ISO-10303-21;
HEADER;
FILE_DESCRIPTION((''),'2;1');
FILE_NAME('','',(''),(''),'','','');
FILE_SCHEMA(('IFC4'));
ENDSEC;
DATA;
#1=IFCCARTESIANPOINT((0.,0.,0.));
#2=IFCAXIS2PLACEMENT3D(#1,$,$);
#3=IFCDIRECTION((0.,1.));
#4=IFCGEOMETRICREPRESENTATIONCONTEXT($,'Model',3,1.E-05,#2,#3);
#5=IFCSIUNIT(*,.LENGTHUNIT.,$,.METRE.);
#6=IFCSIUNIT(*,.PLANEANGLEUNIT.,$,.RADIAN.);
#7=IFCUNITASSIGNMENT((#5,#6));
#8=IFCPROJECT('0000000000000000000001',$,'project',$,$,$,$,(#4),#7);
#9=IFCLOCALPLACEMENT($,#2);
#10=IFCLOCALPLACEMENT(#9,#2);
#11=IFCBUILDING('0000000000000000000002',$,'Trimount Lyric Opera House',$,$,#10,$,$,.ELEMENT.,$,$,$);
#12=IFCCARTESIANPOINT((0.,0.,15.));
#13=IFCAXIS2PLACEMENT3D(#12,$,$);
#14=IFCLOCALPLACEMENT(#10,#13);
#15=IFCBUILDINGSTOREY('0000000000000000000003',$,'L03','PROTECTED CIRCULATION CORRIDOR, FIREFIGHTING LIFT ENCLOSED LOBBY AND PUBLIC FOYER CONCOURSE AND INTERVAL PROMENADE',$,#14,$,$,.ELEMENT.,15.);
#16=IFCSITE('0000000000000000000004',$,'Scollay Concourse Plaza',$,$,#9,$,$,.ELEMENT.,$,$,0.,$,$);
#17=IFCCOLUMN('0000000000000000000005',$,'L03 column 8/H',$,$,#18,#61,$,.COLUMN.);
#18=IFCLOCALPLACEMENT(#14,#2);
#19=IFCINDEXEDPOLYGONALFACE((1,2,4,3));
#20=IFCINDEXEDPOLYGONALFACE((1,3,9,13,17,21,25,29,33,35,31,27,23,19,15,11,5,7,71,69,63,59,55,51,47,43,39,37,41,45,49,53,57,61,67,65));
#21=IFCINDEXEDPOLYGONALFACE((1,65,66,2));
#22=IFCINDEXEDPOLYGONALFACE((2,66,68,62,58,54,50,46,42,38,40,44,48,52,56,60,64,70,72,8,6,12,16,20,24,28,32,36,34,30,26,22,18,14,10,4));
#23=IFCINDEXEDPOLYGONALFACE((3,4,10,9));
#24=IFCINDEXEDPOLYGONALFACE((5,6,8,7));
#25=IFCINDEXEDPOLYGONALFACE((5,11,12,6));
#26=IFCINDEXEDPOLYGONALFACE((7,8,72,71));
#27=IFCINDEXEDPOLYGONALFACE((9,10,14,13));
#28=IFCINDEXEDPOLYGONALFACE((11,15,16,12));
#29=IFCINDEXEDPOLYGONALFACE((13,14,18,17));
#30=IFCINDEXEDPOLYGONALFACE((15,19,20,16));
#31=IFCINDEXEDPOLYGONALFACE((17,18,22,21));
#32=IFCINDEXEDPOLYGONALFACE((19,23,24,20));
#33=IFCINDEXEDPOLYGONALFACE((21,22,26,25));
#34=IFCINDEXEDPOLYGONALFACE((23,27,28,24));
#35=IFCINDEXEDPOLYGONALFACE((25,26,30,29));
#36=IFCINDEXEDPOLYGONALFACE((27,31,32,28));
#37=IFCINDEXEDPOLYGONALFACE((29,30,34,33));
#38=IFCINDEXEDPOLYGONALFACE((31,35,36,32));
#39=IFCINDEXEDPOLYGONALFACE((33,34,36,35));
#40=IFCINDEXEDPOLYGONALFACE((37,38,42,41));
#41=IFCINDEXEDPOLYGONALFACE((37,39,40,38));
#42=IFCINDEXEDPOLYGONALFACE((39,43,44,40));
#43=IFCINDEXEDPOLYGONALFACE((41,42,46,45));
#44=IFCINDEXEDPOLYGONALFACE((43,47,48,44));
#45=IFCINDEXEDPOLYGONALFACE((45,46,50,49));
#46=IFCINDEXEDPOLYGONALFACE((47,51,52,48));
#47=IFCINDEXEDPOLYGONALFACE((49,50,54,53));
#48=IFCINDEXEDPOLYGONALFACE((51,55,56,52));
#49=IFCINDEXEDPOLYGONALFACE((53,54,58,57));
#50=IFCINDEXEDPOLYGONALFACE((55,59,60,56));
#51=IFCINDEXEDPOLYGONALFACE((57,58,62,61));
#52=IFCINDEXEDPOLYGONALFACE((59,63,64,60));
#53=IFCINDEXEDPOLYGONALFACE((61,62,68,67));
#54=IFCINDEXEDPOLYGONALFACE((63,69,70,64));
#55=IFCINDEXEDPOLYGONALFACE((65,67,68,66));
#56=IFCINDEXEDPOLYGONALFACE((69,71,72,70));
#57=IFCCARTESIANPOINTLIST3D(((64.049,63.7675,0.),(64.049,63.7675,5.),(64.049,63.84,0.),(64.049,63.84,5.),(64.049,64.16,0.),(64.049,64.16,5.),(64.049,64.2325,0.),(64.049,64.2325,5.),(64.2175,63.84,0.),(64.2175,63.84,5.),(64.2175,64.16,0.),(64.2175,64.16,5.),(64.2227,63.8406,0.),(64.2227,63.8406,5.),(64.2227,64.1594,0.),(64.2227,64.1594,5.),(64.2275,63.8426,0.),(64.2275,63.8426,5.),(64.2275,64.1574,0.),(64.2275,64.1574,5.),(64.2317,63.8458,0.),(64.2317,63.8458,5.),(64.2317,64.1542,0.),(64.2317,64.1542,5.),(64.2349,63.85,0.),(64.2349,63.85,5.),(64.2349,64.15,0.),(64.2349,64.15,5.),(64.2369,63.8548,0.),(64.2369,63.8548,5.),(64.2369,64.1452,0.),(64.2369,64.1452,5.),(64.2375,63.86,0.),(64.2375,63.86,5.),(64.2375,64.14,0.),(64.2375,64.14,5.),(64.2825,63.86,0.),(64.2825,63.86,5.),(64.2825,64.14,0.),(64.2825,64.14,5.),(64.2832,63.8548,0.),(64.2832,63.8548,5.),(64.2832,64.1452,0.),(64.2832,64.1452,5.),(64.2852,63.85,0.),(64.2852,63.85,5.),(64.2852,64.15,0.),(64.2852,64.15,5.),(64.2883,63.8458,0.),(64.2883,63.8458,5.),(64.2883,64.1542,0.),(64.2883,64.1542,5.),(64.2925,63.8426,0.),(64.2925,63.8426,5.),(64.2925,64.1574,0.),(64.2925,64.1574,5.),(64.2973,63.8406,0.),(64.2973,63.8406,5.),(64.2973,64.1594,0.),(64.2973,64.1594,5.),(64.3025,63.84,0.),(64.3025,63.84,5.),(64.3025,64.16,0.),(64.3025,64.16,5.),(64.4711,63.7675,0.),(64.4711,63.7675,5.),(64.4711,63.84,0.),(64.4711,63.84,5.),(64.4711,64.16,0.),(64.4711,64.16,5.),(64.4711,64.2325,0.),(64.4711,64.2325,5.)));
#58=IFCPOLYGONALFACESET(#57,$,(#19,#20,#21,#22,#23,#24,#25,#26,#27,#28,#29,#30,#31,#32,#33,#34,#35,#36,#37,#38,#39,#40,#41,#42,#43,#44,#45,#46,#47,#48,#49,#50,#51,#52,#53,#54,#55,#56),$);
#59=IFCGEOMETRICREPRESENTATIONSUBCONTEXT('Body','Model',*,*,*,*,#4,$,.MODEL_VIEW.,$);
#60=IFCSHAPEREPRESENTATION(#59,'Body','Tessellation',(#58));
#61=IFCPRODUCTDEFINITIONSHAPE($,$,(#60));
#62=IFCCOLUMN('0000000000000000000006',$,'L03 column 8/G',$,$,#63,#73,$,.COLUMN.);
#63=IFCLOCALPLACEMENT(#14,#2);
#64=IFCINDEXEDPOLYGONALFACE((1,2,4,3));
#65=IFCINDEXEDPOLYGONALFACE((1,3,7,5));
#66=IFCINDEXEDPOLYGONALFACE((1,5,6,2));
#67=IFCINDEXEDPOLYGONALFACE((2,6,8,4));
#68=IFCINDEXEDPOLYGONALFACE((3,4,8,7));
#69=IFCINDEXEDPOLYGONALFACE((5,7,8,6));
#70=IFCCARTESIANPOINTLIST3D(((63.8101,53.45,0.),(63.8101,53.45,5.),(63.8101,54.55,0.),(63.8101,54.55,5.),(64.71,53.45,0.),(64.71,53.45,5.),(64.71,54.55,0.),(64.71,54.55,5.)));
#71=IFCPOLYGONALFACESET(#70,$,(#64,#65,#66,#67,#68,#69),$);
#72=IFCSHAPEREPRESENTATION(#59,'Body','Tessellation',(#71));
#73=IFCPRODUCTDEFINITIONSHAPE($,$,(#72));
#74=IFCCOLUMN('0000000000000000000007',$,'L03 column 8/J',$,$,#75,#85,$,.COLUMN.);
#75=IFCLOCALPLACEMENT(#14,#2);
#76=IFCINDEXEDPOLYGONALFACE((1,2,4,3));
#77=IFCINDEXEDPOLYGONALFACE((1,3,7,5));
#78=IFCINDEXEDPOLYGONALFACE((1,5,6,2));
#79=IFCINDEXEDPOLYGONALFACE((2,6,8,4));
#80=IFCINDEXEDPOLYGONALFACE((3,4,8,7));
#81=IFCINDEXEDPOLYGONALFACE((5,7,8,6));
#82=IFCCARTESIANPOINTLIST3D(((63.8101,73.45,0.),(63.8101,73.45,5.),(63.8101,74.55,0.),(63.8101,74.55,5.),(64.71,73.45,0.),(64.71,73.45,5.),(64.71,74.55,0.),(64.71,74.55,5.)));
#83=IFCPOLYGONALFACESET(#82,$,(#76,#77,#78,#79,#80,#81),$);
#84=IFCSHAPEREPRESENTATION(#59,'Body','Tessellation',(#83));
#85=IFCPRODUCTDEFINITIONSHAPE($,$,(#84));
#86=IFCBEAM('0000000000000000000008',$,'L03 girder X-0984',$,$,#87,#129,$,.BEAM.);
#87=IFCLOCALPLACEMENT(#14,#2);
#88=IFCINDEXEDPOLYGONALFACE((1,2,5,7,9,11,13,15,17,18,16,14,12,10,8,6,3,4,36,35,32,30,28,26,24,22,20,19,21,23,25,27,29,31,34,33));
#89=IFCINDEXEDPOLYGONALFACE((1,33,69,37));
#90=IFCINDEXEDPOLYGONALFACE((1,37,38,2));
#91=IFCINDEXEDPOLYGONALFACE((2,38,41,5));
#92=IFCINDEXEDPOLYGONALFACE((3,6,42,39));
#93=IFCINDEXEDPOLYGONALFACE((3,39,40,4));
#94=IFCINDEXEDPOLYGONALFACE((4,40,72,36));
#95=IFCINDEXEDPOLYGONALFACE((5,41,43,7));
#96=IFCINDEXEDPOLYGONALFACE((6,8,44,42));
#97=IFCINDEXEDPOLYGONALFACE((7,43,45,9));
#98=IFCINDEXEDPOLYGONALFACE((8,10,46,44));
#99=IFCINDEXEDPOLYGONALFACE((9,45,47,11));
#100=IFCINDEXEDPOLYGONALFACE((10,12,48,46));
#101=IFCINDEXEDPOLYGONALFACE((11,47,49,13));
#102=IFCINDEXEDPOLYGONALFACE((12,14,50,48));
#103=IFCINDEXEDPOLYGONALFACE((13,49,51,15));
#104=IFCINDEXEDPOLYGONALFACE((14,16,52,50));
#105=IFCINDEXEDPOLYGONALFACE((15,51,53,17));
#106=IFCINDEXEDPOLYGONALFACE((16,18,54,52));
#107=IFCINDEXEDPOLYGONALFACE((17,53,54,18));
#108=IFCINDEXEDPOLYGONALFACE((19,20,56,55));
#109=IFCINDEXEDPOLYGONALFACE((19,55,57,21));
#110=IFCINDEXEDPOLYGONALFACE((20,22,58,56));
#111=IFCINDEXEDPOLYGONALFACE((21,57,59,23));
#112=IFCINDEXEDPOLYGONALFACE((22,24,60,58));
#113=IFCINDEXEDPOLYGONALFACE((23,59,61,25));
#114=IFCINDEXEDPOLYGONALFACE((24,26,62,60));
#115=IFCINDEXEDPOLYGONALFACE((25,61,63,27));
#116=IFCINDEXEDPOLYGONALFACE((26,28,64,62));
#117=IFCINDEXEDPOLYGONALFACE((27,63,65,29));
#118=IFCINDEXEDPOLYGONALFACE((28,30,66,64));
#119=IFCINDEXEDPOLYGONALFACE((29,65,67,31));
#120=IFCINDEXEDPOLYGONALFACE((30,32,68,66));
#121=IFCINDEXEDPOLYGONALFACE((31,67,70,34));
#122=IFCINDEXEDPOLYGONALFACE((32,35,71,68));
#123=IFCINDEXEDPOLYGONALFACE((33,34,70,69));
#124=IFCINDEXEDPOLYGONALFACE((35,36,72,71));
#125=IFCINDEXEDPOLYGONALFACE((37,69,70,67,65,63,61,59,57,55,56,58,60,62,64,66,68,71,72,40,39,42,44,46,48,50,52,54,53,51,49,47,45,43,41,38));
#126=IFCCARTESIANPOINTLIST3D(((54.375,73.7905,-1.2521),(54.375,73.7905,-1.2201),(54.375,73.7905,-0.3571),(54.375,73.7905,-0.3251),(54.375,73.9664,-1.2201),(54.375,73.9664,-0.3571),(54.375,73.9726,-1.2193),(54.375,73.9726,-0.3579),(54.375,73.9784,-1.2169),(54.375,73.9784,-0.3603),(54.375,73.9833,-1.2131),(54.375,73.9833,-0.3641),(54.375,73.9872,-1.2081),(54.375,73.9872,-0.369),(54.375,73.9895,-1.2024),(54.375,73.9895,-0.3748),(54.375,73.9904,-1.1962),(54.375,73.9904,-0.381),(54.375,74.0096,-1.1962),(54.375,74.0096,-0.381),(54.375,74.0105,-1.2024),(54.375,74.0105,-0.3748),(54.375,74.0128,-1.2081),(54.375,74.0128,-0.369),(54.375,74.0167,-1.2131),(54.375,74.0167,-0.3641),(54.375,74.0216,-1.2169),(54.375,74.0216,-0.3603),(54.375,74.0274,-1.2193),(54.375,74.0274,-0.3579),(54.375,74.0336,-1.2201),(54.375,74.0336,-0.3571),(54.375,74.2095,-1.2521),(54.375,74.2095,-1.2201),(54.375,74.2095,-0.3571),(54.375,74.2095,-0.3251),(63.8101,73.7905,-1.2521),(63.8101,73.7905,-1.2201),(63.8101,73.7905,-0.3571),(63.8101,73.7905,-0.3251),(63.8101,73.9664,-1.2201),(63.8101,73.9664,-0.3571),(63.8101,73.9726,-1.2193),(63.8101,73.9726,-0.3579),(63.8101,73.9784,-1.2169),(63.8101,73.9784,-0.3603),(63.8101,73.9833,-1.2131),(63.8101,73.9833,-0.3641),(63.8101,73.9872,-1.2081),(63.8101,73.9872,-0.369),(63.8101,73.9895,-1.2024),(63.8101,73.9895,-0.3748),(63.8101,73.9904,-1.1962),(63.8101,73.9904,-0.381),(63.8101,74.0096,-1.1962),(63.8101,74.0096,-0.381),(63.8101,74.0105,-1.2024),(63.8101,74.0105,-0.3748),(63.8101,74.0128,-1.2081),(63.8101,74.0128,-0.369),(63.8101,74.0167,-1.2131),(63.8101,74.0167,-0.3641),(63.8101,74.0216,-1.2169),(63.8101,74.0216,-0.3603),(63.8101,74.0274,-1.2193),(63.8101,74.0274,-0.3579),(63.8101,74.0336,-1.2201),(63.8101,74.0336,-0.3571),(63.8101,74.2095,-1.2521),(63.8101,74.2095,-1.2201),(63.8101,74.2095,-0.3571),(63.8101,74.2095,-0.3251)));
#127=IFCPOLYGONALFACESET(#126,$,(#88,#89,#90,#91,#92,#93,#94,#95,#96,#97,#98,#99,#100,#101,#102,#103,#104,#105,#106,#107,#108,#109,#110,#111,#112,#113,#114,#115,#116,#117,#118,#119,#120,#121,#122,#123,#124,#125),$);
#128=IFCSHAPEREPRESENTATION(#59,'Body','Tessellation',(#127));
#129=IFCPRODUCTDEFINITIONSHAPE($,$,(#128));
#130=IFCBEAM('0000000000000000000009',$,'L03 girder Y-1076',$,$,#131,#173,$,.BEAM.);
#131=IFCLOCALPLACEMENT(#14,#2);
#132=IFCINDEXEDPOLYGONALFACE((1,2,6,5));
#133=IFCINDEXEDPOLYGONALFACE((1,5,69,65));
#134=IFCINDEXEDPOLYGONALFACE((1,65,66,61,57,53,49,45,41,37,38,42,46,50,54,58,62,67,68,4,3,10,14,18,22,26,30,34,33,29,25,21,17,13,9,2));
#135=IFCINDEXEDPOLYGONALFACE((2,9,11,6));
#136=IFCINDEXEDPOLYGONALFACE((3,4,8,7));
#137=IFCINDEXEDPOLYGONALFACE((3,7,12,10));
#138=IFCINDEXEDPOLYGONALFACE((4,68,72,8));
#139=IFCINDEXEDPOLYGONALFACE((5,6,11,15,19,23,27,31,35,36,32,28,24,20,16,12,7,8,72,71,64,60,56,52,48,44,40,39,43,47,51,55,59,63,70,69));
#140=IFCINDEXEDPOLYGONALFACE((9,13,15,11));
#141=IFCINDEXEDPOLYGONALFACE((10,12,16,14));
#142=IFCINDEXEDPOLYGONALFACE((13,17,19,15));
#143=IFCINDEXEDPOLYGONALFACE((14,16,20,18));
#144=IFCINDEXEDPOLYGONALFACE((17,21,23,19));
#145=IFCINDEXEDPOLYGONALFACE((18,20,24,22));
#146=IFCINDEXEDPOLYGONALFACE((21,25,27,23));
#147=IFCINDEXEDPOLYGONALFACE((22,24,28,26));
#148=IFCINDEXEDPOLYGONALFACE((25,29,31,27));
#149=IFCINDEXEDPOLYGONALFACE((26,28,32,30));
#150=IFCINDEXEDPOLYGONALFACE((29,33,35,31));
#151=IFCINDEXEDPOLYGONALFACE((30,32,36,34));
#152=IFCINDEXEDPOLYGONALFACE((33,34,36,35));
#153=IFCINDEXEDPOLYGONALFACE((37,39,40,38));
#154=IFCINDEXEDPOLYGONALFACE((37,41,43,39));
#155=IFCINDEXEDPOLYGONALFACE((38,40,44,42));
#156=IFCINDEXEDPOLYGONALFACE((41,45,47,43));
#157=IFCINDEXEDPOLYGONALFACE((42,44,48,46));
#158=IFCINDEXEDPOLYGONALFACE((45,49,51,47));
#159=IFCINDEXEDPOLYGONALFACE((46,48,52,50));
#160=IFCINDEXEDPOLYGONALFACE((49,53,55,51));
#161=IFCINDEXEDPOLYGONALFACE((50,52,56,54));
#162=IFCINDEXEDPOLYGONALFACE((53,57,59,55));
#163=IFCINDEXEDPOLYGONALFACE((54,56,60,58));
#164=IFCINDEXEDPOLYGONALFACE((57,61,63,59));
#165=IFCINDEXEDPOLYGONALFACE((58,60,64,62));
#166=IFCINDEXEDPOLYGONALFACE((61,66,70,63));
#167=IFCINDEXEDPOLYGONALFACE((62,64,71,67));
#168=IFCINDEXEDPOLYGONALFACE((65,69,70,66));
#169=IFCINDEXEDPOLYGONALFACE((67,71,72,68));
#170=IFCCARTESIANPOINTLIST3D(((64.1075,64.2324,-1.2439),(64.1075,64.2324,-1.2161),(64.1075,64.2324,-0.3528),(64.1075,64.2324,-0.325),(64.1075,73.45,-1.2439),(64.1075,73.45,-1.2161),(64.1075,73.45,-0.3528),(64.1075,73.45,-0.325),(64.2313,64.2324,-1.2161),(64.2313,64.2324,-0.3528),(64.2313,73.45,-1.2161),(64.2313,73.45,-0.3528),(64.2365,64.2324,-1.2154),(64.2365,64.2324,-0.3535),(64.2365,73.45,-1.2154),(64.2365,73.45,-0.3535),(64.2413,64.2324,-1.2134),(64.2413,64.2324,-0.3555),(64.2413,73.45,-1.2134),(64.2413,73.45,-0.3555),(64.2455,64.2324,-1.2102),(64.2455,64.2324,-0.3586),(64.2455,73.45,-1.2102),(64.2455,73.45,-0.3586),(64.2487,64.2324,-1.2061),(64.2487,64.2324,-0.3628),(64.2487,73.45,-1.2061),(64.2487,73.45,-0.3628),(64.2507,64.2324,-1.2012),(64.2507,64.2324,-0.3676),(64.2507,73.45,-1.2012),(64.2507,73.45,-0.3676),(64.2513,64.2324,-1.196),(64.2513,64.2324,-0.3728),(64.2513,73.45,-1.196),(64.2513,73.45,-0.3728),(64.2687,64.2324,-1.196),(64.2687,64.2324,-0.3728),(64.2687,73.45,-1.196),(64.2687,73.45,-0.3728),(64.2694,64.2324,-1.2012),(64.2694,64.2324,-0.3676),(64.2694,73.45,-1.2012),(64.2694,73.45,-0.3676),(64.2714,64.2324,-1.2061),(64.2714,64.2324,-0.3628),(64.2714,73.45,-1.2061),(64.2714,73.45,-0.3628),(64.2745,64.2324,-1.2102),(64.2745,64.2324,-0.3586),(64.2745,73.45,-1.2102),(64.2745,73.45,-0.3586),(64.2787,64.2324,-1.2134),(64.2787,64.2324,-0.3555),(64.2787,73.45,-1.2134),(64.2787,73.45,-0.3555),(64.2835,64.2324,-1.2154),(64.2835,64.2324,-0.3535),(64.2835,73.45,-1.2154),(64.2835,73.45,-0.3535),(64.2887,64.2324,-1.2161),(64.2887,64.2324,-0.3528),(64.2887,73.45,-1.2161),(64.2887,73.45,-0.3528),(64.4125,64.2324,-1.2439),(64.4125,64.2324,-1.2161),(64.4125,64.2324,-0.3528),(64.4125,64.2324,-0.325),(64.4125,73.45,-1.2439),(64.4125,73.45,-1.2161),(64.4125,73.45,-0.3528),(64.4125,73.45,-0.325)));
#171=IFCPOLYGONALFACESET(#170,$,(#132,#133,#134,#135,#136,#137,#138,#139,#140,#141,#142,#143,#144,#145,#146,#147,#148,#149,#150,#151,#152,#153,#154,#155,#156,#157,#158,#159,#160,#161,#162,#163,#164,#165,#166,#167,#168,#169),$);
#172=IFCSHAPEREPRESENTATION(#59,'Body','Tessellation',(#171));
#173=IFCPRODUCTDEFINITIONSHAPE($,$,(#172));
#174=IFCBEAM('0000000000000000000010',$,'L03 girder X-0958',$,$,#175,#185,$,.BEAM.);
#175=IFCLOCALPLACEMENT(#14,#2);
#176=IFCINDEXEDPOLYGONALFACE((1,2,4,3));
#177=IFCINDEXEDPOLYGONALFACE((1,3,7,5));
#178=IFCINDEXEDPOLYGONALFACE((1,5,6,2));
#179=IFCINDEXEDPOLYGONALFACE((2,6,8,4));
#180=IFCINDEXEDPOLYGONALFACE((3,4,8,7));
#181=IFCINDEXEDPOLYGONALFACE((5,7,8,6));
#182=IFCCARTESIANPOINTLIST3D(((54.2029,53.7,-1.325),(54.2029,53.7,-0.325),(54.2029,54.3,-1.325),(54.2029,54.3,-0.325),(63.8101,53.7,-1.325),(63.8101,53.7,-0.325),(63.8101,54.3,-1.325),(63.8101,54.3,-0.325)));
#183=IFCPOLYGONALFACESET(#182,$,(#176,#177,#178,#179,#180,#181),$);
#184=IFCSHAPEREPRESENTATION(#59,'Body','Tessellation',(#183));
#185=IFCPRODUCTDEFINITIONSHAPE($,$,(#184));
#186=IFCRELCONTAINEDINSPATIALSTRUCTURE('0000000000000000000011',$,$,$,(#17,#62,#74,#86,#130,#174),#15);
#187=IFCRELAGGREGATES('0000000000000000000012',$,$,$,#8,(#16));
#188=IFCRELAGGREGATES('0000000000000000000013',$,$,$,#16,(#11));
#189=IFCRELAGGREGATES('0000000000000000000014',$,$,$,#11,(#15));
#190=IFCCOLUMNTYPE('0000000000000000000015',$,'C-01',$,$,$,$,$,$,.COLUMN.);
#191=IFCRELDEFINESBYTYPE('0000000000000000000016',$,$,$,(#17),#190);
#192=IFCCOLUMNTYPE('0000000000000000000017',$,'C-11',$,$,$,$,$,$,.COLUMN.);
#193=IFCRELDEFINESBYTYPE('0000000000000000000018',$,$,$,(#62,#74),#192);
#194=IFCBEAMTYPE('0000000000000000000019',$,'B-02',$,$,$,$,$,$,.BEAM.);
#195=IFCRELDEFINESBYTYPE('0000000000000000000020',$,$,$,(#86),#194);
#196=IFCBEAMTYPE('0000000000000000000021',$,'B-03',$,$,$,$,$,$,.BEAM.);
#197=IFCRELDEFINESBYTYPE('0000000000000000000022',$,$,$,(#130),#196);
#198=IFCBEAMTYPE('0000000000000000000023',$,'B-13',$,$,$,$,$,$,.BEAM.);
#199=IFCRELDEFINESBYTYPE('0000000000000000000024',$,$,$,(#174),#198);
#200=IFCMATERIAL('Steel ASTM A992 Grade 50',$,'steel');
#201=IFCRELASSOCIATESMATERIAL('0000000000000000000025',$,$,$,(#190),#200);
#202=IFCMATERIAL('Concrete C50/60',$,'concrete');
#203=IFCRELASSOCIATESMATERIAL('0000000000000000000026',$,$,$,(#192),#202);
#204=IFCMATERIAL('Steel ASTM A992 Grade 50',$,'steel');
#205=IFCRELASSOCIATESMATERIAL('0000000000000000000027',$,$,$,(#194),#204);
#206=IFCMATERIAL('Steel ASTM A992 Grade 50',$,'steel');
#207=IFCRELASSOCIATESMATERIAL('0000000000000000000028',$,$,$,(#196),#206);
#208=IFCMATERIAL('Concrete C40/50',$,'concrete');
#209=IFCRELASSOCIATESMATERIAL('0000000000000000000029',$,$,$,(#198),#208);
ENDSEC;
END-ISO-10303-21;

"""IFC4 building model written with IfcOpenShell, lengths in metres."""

from ifc_helpers import new_model, si_unit, direction, frame, origin, origin_2d, place, context, subcontext, project, spatial, rectangle, i_section, extrude, material, material_profile, profile_set, type_object, element, save


model = new_model("IFC4")

# Units and contexts
model_context = context("Model", 3, precision=1e-05, world=origin(), true_north=direction((0.0, 1.0)))
body_context = subcontext(model_context, "Body", "Model", "MODEL_VIEW")
ifc_project = project(units=[si_unit("LENGTHUNIT", "METRE"), si_unit("PLANEANGLEUNIT", "RADIAN")], contexts=[model_context])

# Site, building, storey
site_placement = place(None, origin())
site = spatial("IfcSite", under=ifc_project, at=site_placement, Name="Scollay Concourse Plaza", CompositionType="ELEMENT", RefElevation=0.0)
building_placement = place(site_placement, origin())
building = spatial("IfcBuilding", under=site, at=building_placement, Name="Trimount Lyric Opera House", CompositionType="ELEMENT")
storey_placement = place(building_placement, frame((0.0, 0.0, 15.0)))
storey = spatial("IfcBuildingStorey", under=building, at=storey_placement, Name="L03", Description="PROTECTED CIRCULATION CORRIDOR, FIREFIGHTING LIFT ENCLOSED LOBBY AND PUBLIC FOYER CONCOURSE AND INTERVAL PROMENADE", CompositionType="ELEMENT", Elevation=15.0)

# Columns
ifc_material_1 = material(Name="Steel ASTM A992 Grade 50", Category="steel")
ifc_material_profile_1 = material_profile(ifc_material_1, i_section(OverallWidth=0.4221, OverallDepth=0.4651, WebThickness=0.0449, FlangeThickness=0.0725, FilletRadius=0.02, at=origin_2d()), Name="W14X398")
ifc_profile_set_1 = profile_set([ifc_material_profile_1], Name="Steel ASTM A992 Grade 50")
column_type_1 = type_object("IfcColumnType", Name="C-01", PredefinedType="COLUMN", material=ifc_profile_set_1)
column_placement = place(storey_placement, frame((64.26, 64.0, 0.0), z_axis=(0.0, 0.0, 1.0), x_axis=(1.0, 0.0, 0.0)))
element("IfcColumn", 1, at=column_placement, inside=storey, type_object=column_type_1, Name="L03 column 8/H", PredefinedType="COLUMN", context=body_context, shape_type="SweptSolid", body=[
    extrude(i_section(OverallWidth=0.4221, OverallDepth=0.4651, WebThickness=0.0449, FlangeThickness=0.0725, FilletRadius=0.02, at=origin_2d()), origin(), (0.0, 0.0, 1.0), 5.0),
])
ifc_material_2 = material(Name="Concrete C50/60", Category="concrete")
ifc_material_profile_2 = material_profile(ifc_material_2, rectangle(XDim=0.8999, YDim=1.1001, at=origin_2d()), Name="RC1100X900")
ifc_profile_set_2 = profile_set([ifc_material_profile_2], Name="Concrete C50/60")
column_type_2 = type_object("IfcColumnType", Name="C-11", PredefinedType="COLUMN", material=ifc_profile_set_2)
for number, where, z_axis, x_axis, name in (
    (2, (64.26, 54.0, 0.0), (0.0, 0.0, 1.0), (1.0, 0.0, 0.0), "L03 column 8/G"),
    (3, (64.26, 74.0, 0.0), (0.0, 0.0, 1.0), (1.0, 0.0, 0.0), "L03 column 8/J"),
):
    element("IfcColumn", number, at=place(storey_placement, frame(where, z_axis=z_axis, x_axis=x_axis)), inside=storey, type_object=column_type_2, Name=name, PredefinedType="COLUMN", context=body_context, shape_type="SweptSolid", body=[
        extrude(rectangle(XDim=0.8999, YDim=1.1001, at=origin_2d()), origin(), (0.0, 0.0, 1.0), 5.0),
    ])

# Beams
ifc_material_3 = material(Name="Steel ASTM A992 Grade 50", Category="steel")
ifc_material_profile_3 = material_profile(ifc_material_3, i_section(OverallWidth=0.4189, OverallDepth=0.927, WebThickness=0.0193, FlangeThickness=0.032, FilletRadius=0.0239, at=origin_2d()), Name="W36X231")
ifc_profile_set_3 = profile_set([ifc_material_profile_3], Name="Steel ASTM A992 Grade 50")
beam_type_1 = type_object("IfcBeamType", Name="B-02", PredefinedType="BEAM", material=ifc_profile_set_3)
beam_1_placement = place(storey_placement, frame((54.375, 74.0, -0.7886), z_axis=(1.0, 0.0, 0.0), x_axis=(0.0, 1.0, 0.0)))
element("IfcBeam", 4, at=beam_1_placement, inside=storey, type_object=beam_type_1, Name="L03 girder X-0984", PredefinedType="BEAM", context=body_context, shape_type="SweptSolid", body=[
    extrude(i_section(OverallWidth=0.4189, OverallDepth=0.927, WebThickness=0.0193, FlangeThickness=0.032, FilletRadius=0.0239, at=origin_2d()), origin(), (0.0, 0.0, 1.0), 9.4351),
])
ifc_material_4 = material(Name="Steel ASTM A992 Grade 50", Category="steel")
ifc_material_profile_4 = material_profile(ifc_material_4, i_section(OverallWidth=0.3049, OverallDepth=0.9189, WebThickness=0.0173, FlangeThickness=0.0278, FilletRadius=0.02, at=origin_2d()), Name="W36X170")
ifc_profile_set_4 = profile_set([ifc_material_profile_4], Name="Steel ASTM A992 Grade 50")
beam_type_2 = type_object("IfcBeamType", Name="B-03", PredefinedType="BEAM", material=ifc_profile_set_4)
beam_2_placement = place(storey_placement, frame((64.26, 64.2324, -0.7844), z_axis=(0.0, 1.0, 0.0), x_axis=(-1.0, 0.0, 0.0)))
element("IfcBeam", 5, at=beam_2_placement, inside=storey, type_object=beam_type_2, Name="L03 girder Y-1076", PredefinedType="BEAM", context=body_context, shape_type="SweptSolid", body=[
    extrude(i_section(OverallWidth=0.3049, OverallDepth=0.9189, WebThickness=0.0173, FlangeThickness=0.0278, FilletRadius=0.02, at=origin_2d()), origin(), (0.0, 0.0, 1.0), 9.2175),
])
ifc_material_5 = material(Name="Concrete C40/50", Category="concrete")
ifc_material_profile_5 = material_profile(ifc_material_5, rectangle(XDim=0.6001, YDim=1.0, at=origin_2d()), Name="RC600X1000")
ifc_profile_set_5 = profile_set([ifc_material_profile_5], Name="Concrete C40/50")
beam_type_3 = type_object("IfcBeamType", Name="B-13", PredefinedType="BEAM", material=ifc_profile_set_5)
beam_3_placement = place(storey_placement, frame((54.2029, 54.0, -0.825), z_axis=(1.0, 0.0, 0.0), x_axis=(0.0, 1.0, 0.0)))
element("IfcBeam", 6, at=beam_3_placement, inside=storey, type_object=beam_type_3, Name="L03 girder X-0958", PredefinedType="BEAM", context=body_context, shape_type="SweptSolid", body=[
    extrude(rectangle(XDim=0.6001, YDim=1.0, at=origin_2d()), origin(), (0.0, 0.0, 1.0), 9.6072),
])

save(model, "model.ifc")
